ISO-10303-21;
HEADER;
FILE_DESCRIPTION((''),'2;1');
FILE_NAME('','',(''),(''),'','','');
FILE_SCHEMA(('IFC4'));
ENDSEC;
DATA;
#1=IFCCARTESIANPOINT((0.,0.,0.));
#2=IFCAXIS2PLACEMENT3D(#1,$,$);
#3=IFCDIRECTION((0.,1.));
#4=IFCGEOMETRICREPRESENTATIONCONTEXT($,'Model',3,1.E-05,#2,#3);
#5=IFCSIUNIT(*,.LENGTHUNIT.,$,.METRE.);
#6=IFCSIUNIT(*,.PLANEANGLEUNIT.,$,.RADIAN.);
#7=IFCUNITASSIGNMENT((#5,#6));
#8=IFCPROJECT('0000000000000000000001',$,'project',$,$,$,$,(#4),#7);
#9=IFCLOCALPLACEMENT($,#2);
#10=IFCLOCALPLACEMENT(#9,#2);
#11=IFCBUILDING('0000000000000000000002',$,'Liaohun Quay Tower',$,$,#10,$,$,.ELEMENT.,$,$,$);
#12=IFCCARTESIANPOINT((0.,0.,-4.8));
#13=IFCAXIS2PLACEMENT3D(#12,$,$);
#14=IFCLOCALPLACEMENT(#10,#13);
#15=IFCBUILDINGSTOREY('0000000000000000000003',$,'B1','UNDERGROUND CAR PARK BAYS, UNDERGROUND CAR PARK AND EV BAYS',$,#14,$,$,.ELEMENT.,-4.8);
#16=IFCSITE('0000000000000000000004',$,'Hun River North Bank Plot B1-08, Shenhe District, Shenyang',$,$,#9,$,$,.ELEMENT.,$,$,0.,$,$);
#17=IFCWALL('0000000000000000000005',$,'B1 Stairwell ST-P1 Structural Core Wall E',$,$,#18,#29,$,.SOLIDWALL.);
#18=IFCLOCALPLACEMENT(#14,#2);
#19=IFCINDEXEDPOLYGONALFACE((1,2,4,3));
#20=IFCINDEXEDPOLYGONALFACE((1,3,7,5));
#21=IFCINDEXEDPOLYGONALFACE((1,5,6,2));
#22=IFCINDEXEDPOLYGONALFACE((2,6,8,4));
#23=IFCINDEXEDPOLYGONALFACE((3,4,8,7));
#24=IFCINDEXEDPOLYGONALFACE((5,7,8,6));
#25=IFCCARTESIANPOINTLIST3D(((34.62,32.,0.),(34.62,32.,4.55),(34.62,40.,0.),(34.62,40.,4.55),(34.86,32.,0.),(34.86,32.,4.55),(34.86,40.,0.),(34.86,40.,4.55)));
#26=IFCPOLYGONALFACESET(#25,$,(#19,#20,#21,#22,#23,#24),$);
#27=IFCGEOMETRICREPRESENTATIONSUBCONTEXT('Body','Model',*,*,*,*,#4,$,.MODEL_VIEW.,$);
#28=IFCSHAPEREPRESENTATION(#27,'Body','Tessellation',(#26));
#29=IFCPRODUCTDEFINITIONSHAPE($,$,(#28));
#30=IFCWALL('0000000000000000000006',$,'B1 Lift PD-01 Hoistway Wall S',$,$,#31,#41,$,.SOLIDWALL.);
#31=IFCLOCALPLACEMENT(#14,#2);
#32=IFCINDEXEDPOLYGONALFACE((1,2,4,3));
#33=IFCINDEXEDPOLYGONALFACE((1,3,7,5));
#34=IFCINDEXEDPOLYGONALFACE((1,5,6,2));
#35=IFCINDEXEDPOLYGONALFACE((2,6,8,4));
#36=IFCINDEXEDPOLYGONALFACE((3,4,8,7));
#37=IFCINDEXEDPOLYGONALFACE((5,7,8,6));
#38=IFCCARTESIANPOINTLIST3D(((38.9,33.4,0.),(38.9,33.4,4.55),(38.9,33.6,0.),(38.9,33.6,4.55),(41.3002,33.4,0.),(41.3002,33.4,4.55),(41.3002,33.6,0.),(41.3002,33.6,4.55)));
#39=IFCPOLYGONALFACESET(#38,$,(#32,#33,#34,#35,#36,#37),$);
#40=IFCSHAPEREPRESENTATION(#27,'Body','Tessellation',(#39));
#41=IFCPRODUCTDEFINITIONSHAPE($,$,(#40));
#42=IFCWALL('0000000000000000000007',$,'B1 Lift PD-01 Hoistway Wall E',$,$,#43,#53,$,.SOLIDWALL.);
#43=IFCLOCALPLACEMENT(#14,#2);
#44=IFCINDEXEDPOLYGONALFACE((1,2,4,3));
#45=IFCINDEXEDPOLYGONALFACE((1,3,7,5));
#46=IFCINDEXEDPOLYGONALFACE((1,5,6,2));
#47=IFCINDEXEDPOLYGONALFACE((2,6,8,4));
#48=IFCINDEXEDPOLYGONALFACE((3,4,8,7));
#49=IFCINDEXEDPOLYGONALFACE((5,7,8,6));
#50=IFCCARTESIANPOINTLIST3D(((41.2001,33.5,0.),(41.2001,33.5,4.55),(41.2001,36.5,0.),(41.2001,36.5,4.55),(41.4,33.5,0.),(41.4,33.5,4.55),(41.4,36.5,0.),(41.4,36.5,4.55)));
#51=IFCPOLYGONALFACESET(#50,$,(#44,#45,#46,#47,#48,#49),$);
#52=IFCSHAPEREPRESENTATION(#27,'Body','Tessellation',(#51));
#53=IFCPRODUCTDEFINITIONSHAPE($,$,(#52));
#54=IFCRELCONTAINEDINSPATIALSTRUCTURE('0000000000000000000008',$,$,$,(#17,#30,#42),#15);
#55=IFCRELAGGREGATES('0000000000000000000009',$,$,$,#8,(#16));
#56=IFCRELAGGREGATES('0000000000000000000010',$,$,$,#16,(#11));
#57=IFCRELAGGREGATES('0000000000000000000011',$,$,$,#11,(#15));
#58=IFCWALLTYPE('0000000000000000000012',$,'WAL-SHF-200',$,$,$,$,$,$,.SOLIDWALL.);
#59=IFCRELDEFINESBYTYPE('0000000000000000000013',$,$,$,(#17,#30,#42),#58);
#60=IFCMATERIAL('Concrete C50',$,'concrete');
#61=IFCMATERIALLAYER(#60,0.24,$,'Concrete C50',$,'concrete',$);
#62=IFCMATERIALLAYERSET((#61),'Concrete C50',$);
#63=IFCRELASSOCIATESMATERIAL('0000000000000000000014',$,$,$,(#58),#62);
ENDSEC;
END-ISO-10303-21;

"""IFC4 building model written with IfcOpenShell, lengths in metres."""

from ifc_helpers import new_model, si_unit, direction, frame, frame_2d, origin, place, context, subcontext, project, spatial, rectangle, extrude, material, layer, layer_set, type_object, element, save


model = new_model("IFC4")

# Units and contexts
model_context = context("Model", 3, precision=1e-05, world=origin(), true_north=direction((0.0, 1.0)))
body_context = subcontext(model_context, "Body", "Model", "MODEL_VIEW")
ifc_project = project(units=[si_unit("LENGTHUNIT", "METRE"), si_unit("PLANEANGLEUNIT", "RADIAN")], contexts=[model_context])

# Site, building, storey
site_placement = place(None, origin())
site = spatial("IfcSite", under=ifc_project, at=site_placement, Name="Hun River North Bank Plot B1-08, Shenhe District, Shenyang", CompositionType="ELEMENT", RefElevation=0.0)
building_placement = place(site_placement, origin())
building = spatial("IfcBuilding", under=site, at=building_placement, Name="Liaohun Quay Tower", CompositionType="ELEMENT")
storey_placement = place(building_placement, frame((0.0, 0.0, -4.8)))
storey = spatial("IfcBuildingStorey", under=building, at=storey_placement, Name="B1", Description="UNDERGROUND CAR PARK BAYS, UNDERGROUND CAR PARK AND EV BAYS", CompositionType="ELEMENT", Elevation=-4.8)

# Shared definitions
ifc_material_1 = material(Name="Concrete C50", Category="concrete")

# Walls
ifc_layer_1 = layer(ifc_material_1, 0.24, Name="Concrete C50", Category="concrete")
ifc_layer_set_1 = layer_set([ifc_layer_1], Name="Concrete C50")
wall_type_1 = type_object("IfcWallType", Name="WAL-SHF-200", PredefinedType="SOLIDWALL", material=ifc_layer_set_1)
wall_1_placement = place(storey_placement, frame((34.74, 32.0, 0.0), z_axis=(0.0, 0.0, 1.0), x_axis=(0.0, 1.0, 0.0)))
element("IfcWall", 1, at=wall_1_placement, inside=storey, type_object=wall_type_1, Name="B1 Stairwell ST-P1 Structural Core Wall E", PredefinedType="SOLIDWALL", context=body_context, shape_type="SweptSolid", body=[
    extrude(rectangle(XDim=8.0, YDim=0.24, at=frame_2d((4.0, 0.0))), origin(), (0.0, 0.0, 1.0), 4.55),
])
wall_2_placement = place(storey_placement, frame((38.8999, 33.5, 0.0), z_axis=(0.0, 0.0, 1.0), x_axis=(1.0, 0.0, 0.0)))
element("IfcWall", 2, at=wall_2_placement, inside=storey, type_object=wall_type_1, Name="B1 Lift PD-01 Hoistway Wall S", PredefinedType="SOLIDWALL", context=body_context, shape_type="SweptSolid", body=[
    extrude(rectangle(XDim=2.4001, YDim=0.2, at=frame_2d((1.2002, 0.0))), origin(), (0.0, 0.0, 1.0), 4.55),
])
wall_3_placement = place(storey_placement, frame((41.3, 33.5, 0.0), z_axis=(0.0, 0.0, 1.0), x_axis=(0.0, 1.0, 0.0)))
element("IfcWall", 3, at=wall_3_placement, inside=storey, type_object=wall_type_1, Name="B1 Lift PD-01 Hoistway Wall E", PredefinedType="SOLIDWALL", context=body_context, shape_type="SweptSolid", body=[
    extrude(rectangle(XDim=3.0, YDim=0.2, at=frame_2d((1.5, 0.0))), origin(), (0.0, 0.0, 1.0), 4.55),
])

save(model, "model.ifc")
